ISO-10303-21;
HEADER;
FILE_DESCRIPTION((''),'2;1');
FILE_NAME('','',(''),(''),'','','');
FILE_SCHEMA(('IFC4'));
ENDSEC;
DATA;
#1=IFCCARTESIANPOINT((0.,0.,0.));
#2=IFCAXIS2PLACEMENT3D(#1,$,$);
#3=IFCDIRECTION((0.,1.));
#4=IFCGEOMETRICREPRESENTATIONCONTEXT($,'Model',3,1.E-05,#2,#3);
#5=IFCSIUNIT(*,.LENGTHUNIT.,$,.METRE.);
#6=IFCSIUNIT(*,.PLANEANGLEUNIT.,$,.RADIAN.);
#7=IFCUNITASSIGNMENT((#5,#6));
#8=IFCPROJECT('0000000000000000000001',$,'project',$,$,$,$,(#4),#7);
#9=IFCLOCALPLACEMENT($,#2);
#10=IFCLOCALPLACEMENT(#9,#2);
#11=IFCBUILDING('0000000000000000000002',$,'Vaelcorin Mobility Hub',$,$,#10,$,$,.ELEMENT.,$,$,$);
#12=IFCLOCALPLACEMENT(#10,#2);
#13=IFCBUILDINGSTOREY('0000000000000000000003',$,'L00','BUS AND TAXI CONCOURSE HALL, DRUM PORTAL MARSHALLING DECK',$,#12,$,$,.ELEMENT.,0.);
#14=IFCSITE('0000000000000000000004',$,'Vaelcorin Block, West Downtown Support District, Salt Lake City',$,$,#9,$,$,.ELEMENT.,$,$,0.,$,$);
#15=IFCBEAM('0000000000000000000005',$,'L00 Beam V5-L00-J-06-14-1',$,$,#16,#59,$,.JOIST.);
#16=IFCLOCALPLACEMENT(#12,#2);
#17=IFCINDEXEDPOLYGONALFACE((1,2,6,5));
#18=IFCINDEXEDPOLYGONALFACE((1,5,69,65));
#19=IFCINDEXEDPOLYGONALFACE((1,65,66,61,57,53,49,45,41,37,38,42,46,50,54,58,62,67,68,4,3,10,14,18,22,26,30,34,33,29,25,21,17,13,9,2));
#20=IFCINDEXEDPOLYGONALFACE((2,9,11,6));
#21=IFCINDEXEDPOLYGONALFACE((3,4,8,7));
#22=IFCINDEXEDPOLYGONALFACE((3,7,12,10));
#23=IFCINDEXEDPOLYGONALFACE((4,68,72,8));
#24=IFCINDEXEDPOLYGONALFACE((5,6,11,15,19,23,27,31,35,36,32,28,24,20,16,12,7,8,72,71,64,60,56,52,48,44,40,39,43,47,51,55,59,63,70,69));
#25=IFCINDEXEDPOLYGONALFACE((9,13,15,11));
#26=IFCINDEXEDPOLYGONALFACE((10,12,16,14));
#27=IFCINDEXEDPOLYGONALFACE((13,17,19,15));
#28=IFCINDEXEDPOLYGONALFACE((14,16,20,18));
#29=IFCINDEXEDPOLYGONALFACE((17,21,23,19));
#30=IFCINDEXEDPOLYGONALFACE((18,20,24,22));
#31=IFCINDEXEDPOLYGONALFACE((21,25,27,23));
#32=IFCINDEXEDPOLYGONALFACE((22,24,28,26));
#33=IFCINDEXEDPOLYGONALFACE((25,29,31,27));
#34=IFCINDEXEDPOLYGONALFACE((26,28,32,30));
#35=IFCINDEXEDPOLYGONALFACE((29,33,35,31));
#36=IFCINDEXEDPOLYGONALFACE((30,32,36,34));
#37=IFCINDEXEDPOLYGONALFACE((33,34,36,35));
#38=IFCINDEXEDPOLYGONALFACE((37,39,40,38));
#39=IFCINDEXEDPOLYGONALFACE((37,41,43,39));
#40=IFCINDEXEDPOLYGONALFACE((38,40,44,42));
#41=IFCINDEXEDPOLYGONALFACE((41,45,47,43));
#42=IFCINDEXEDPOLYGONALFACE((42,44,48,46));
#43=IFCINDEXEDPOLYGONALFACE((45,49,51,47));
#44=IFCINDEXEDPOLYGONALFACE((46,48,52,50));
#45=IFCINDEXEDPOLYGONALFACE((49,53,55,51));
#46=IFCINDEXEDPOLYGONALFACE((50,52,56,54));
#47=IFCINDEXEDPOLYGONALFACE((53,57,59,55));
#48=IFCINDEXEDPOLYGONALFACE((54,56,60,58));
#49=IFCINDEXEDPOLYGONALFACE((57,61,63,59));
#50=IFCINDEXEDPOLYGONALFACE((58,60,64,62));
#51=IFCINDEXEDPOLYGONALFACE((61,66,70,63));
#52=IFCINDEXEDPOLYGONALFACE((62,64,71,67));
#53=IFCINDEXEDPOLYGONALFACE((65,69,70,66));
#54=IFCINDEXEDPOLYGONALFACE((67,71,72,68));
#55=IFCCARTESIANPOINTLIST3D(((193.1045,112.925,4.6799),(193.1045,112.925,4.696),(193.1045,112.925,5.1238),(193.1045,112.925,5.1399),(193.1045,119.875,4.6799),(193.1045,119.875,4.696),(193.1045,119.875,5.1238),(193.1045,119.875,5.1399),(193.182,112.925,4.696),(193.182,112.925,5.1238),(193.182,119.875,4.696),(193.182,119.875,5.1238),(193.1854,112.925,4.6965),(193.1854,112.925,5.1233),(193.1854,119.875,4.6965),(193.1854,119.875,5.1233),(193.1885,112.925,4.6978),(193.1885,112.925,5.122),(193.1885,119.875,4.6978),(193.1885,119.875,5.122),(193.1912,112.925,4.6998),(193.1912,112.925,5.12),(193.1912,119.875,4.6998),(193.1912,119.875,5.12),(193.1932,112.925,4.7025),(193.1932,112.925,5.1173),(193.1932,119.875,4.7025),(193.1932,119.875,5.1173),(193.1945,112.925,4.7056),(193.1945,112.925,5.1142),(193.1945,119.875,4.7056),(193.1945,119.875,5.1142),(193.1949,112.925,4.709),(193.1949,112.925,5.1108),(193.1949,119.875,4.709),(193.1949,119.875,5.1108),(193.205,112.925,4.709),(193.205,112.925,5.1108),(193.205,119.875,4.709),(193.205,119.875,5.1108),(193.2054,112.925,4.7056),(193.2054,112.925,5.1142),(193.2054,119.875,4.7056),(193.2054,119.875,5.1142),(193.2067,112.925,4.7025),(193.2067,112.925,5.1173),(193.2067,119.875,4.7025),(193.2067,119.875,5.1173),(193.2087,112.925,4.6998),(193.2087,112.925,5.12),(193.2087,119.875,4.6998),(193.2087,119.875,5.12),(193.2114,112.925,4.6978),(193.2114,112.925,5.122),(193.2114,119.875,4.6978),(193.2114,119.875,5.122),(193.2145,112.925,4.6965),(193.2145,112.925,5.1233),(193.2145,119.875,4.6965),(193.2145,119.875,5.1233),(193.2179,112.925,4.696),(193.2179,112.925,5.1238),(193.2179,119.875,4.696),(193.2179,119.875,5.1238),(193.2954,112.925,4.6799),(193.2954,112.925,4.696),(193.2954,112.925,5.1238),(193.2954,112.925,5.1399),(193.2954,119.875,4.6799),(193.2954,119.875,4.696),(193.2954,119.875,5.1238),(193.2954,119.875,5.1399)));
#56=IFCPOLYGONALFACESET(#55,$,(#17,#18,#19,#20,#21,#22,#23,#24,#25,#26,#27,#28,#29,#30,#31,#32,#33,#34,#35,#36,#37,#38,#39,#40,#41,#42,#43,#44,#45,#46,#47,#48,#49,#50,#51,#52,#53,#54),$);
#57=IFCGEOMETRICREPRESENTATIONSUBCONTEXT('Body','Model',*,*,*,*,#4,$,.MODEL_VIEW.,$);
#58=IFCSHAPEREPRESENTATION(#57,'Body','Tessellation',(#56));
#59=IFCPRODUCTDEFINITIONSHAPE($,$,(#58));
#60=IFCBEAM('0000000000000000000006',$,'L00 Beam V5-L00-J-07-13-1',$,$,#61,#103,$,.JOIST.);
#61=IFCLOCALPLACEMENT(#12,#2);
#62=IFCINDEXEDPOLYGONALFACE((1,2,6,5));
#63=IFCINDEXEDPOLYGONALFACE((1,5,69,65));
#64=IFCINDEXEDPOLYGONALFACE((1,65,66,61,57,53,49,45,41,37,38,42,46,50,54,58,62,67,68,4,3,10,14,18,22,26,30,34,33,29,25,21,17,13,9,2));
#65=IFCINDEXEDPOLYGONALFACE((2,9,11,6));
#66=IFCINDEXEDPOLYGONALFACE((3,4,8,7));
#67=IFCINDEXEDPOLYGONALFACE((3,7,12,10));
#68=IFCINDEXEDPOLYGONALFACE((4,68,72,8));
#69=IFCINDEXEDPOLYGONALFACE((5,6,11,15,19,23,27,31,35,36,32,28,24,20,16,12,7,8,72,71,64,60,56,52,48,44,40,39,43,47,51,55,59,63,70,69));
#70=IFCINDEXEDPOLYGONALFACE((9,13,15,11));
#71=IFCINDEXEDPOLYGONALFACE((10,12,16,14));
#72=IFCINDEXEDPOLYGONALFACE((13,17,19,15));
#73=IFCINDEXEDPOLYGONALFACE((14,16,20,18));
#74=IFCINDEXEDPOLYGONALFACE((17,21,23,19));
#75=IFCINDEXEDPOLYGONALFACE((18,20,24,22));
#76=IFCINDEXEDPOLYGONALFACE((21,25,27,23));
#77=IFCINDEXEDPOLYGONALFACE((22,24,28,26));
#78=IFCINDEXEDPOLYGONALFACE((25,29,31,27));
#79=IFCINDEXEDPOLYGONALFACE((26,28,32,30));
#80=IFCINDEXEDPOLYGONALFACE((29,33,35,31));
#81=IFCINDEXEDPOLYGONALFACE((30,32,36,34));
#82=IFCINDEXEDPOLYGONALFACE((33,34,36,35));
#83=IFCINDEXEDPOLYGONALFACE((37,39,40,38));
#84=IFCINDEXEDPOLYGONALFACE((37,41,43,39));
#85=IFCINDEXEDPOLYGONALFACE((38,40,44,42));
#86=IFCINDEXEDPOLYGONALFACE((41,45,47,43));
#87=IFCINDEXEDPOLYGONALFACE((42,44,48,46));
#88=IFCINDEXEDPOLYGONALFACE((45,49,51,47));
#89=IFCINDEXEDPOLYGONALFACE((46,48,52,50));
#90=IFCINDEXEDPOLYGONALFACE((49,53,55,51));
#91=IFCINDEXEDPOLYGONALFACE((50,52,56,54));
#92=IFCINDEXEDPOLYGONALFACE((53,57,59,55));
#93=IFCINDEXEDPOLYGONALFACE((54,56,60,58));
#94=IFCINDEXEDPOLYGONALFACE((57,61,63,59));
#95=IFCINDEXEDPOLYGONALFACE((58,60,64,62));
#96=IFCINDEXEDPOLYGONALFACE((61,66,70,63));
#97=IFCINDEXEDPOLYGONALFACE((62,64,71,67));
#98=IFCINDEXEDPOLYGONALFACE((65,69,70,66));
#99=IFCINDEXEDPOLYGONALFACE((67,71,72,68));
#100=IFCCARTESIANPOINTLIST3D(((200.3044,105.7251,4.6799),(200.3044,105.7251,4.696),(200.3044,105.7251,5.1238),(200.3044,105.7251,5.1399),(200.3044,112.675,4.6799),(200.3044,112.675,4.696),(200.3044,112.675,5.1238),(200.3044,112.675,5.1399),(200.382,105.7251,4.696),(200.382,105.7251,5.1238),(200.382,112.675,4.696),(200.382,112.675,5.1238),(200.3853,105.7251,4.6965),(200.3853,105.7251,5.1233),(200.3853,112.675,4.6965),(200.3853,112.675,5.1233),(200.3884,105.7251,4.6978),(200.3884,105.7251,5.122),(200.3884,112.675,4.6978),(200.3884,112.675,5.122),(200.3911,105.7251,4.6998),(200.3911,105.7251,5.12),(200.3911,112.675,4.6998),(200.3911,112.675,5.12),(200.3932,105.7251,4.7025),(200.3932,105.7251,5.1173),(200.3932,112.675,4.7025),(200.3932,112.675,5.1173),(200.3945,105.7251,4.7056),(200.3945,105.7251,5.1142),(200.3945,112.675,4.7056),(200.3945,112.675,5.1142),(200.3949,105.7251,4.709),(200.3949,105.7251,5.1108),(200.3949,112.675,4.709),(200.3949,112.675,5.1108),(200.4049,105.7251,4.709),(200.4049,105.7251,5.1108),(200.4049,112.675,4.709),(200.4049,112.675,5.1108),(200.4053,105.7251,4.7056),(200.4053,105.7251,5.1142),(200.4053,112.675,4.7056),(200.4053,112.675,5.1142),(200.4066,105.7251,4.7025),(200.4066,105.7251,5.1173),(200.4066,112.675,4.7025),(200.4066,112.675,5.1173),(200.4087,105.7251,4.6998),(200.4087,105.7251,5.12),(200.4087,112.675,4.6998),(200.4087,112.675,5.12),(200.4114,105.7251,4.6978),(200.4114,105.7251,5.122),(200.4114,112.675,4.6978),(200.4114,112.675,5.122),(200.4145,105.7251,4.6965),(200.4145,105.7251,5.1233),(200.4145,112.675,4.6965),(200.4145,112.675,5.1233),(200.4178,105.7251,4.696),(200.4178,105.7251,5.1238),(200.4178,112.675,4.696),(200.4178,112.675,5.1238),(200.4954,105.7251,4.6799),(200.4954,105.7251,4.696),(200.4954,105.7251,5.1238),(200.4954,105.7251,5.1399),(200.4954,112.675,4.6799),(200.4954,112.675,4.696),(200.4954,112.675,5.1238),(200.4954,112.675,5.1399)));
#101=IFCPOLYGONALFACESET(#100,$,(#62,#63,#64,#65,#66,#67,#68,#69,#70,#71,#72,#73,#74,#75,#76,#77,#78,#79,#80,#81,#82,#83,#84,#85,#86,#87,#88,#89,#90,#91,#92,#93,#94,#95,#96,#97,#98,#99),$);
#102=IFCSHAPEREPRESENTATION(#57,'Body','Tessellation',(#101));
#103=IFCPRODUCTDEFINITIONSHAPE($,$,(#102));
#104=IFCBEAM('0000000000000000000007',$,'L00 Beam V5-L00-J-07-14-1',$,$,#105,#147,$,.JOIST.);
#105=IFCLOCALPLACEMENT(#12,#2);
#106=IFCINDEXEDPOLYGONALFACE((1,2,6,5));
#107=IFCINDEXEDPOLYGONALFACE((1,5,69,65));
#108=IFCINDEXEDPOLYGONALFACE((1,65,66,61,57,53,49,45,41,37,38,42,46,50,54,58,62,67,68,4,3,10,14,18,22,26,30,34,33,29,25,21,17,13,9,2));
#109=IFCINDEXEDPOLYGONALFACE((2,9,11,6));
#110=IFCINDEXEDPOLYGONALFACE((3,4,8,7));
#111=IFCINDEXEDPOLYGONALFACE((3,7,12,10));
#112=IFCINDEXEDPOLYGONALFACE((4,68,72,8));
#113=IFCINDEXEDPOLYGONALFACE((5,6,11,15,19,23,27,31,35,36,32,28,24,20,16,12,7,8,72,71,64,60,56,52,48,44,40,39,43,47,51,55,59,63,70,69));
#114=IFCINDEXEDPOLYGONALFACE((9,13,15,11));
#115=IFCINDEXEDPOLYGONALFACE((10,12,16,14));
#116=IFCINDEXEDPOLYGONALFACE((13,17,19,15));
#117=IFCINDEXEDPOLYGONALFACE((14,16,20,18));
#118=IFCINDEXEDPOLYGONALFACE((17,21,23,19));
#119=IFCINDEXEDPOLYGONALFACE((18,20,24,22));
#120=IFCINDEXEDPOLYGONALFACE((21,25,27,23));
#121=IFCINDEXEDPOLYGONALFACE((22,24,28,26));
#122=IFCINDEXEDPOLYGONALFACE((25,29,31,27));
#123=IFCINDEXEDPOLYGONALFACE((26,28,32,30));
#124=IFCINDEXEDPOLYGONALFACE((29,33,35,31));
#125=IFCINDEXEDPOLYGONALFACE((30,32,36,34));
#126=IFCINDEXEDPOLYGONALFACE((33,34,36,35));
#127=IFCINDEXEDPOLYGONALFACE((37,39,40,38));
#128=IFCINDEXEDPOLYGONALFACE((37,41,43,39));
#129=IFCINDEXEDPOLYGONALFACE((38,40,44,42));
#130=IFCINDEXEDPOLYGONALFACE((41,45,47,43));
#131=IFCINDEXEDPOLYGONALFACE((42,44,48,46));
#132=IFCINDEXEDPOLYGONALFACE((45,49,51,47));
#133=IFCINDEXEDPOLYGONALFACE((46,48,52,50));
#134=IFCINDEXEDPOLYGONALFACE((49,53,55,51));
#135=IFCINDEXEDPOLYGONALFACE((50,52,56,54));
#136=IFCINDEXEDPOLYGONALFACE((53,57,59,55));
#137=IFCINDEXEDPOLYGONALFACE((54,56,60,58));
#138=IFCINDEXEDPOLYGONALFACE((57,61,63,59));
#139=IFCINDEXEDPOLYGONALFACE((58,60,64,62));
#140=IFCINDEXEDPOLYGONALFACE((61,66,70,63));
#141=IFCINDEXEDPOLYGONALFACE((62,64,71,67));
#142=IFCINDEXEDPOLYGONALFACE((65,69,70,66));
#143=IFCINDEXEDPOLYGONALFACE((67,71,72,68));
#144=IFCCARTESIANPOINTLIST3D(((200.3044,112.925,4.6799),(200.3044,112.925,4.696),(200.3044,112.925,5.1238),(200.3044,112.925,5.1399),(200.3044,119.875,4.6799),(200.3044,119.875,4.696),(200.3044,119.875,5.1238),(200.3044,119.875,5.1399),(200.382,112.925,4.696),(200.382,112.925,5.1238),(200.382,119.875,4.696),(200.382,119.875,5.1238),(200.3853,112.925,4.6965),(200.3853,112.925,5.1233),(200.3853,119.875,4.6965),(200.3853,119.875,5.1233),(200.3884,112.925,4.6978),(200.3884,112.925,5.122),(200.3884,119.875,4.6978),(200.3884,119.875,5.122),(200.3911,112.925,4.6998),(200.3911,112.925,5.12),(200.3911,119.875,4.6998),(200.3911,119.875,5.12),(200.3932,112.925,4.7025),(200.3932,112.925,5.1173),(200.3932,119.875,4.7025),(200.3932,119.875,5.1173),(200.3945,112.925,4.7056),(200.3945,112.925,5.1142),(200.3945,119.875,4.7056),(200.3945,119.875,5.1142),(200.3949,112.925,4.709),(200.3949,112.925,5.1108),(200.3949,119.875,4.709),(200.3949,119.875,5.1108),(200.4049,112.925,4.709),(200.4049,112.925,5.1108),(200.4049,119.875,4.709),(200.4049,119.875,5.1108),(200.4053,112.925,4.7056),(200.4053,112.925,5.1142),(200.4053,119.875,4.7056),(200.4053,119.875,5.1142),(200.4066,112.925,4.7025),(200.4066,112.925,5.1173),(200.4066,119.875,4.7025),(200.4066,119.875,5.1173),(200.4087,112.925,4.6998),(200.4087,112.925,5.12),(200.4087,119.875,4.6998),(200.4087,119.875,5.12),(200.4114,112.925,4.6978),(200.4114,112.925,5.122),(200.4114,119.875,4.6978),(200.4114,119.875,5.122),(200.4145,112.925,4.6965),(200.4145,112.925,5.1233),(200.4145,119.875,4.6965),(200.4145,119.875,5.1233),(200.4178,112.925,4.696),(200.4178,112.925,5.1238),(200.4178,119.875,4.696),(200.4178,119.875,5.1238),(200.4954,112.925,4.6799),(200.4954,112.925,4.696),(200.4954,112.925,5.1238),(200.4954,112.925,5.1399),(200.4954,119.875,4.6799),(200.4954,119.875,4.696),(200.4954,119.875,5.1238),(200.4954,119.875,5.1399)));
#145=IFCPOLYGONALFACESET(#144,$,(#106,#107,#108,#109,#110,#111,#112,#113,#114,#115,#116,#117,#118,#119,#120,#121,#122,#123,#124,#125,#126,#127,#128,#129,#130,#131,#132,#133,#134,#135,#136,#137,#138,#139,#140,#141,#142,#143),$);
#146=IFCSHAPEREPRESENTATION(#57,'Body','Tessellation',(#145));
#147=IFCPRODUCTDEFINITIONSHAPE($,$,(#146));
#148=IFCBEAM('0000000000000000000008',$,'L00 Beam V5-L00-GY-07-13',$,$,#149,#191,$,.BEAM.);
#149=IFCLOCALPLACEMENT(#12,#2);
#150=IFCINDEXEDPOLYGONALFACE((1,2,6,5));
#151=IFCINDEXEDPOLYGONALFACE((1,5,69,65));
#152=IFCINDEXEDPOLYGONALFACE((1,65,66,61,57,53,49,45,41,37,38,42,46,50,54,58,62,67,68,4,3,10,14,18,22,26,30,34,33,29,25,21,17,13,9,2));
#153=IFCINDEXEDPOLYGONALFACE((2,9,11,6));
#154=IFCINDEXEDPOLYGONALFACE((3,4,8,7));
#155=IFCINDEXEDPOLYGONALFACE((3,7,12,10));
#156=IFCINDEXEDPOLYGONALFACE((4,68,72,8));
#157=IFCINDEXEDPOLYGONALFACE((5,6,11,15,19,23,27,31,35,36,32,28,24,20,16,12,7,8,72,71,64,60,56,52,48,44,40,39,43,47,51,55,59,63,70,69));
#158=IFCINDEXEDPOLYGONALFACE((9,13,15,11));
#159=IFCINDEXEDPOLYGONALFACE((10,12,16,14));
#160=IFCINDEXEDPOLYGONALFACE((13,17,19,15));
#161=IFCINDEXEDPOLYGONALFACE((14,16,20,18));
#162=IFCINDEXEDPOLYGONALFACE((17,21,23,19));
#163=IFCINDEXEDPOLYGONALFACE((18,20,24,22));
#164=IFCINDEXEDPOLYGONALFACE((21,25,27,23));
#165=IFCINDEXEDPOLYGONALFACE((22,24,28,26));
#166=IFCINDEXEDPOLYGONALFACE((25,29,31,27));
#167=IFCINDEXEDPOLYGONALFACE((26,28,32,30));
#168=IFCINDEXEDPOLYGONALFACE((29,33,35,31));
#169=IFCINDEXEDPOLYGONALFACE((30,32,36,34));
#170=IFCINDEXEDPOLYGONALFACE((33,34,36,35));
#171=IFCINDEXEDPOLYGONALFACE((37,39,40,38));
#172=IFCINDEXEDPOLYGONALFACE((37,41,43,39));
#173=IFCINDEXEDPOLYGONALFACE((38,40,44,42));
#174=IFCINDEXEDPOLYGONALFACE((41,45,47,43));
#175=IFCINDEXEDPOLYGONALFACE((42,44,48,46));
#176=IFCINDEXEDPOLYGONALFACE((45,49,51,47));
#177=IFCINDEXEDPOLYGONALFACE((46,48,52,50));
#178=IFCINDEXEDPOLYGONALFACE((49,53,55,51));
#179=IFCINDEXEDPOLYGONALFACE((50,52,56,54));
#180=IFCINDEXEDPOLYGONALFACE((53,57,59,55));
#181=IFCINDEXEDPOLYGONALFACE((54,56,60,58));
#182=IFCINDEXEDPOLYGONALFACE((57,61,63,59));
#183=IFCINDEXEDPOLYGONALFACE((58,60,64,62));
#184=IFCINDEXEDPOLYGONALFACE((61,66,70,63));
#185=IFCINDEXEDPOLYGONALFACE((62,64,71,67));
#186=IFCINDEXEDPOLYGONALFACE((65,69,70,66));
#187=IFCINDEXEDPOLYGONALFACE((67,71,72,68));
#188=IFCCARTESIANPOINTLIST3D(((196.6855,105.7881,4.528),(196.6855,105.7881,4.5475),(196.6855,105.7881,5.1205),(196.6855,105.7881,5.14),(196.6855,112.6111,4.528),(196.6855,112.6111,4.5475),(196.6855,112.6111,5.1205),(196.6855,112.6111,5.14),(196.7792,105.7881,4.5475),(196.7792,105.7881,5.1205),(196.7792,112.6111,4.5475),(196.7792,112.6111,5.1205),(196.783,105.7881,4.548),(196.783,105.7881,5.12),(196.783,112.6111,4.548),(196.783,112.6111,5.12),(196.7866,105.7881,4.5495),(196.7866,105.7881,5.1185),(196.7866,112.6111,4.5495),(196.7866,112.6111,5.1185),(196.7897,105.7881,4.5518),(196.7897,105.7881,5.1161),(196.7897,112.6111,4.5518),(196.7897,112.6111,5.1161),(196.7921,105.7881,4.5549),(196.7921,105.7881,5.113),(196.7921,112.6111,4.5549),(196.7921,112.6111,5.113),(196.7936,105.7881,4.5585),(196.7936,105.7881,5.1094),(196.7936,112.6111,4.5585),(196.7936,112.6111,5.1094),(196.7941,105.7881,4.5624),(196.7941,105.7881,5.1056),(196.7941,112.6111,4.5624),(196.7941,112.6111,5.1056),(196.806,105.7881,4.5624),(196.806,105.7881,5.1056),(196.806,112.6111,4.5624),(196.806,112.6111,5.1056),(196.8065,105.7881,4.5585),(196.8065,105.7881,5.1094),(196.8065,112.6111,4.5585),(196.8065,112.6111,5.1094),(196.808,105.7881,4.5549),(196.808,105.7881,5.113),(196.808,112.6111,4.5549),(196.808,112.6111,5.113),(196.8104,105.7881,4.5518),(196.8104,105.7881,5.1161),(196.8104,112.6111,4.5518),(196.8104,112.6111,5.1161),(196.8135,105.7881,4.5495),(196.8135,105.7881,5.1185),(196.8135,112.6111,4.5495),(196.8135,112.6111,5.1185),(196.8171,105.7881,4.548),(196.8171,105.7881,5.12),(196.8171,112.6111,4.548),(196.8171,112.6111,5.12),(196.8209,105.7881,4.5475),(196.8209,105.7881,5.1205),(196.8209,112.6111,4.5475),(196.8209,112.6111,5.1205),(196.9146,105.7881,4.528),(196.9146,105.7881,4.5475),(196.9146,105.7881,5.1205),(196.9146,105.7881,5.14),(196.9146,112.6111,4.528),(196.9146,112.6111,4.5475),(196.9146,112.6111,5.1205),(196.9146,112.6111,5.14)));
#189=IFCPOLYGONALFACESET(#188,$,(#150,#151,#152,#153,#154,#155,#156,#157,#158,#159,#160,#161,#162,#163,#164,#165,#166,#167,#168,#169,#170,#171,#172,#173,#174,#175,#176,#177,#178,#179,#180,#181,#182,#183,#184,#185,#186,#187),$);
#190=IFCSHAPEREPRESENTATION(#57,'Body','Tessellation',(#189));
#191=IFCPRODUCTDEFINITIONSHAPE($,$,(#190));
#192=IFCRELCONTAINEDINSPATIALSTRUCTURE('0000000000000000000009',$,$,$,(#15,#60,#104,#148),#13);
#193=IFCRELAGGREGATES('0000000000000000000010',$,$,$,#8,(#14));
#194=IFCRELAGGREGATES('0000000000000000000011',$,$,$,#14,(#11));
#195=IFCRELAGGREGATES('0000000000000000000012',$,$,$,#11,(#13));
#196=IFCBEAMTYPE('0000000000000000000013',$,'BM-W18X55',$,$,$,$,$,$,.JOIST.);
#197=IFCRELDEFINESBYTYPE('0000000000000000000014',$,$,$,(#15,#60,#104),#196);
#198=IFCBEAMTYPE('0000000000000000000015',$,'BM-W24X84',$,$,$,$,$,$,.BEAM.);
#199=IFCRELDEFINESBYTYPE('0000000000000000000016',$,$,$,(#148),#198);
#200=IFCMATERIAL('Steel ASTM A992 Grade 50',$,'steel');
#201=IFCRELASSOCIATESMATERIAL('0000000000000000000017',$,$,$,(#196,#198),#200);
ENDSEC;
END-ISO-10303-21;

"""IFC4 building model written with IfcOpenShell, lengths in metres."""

from ifc_helpers import new_model, si_unit, direction, frame, origin, origin_2d, place, context, subcontext, project, spatial, i_section, extrude, material, material_profile, profile_set, type_object, element, save


model = new_model("IFC4")

# Units and contexts
model_context = context("Model", 3, precision=1e-05, world=origin(), true_north=direction((0.0, 1.0)))
body_context = subcontext(model_context, "Body", "Model", "MODEL_VIEW")
ifc_project = project(units=[si_unit("LENGTHUNIT", "METRE"), si_unit("PLANEANGLEUNIT", "RADIAN")], contexts=[model_context])

# Site, building, storey
site_placement = place(None, origin())
site = spatial("IfcSite", under=ifc_project, at=site_placement, Name="Vaelcorin Block, West Downtown Support District, Salt Lake City", CompositionType="ELEMENT", RefElevation=0.0)
building_placement = place(site_placement, origin())
building = spatial("IfcBuilding", under=site, at=building_placement, Name="Vaelcorin Mobility Hub", CompositionType="ELEMENT")
storey_placement = place(building_placement, origin())
storey = spatial("IfcBuildingStorey", under=building, at=storey_placement, Name="L00", Description="BUS AND TAXI CONCOURSE HALL, DRUM PORTAL MARSHALLING DECK", CompositionType="ELEMENT", Elevation=0.0)

# Shared definitions
ifc_material_1 = material(Name="Steel ASTM A992 Grade 50", Category="steel")

# Beams
ifc_material_profile_1 = material_profile(ifc_material_1, i_section(OverallWidth=0.1909, OverallDepth=0.46, WebThickness=0.01, FlangeThickness=0.0161, FilletRadius=0.0129, at=origin_2d()), Name="W18X55")
ifc_profile_set_1 = profile_set([ifc_material_profile_1], Name="Steel ASTM A992 Grade 50")
beam_type_1 = type_object("IfcBeamType", Name="BM-W18X55", PredefinedType="JOIST", material=ifc_profile_set_1)
for number, where, z_axis, x_axis, name in (
    (1, (193.2, 112.925, 4.9099), (0.0, 1.0, 0.0), (-1.0, 0.0, 0.0), "L00 Beam V5-L00-J-06-14-1"),
    (2, (200.3999, 105.7251, 4.9099), (0.0, 1.0, 0.0), (-1.0, 0.0, 0.0), "L00 Beam V5-L00-J-07-13-1"),
    (3, (200.3999, 112.925, 4.9099), (0.0, 1.0, 0.0), (-1.0, 0.0, 0.0), "L00 Beam V5-L00-J-07-14-1"),
):
    element("IfcBeam", number, at=place(storey_placement, frame(where, z_axis=z_axis, x_axis=x_axis)), inside=storey, type_object=beam_type_1, Name=name, PredefinedType="JOIST", context=body_context, shape_type="SweptSolid", body=[
        extrude(i_section(OverallWidth=0.1909, OverallDepth=0.46, WebThickness=0.01, FlangeThickness=0.0161, FilletRadius=0.0129, at=origin_2d()), origin(), (0.0, 0.0, 1.0), 6.95),
    ])
ifc_material_profile_2 = material_profile(ifc_material_1, i_section(OverallWidth=0.229, OverallDepth=0.6121, WebThickness=0.012, FlangeThickness=0.0195, FilletRadius=0.0149, at=origin_2d()), Name="W24X84")
ifc_profile_set_2 = profile_set([ifc_material_profile_2], Name="Steel ASTM A992 Grade 50")
beam_type_2 = type_object("IfcBeamType", Name="BM-W24X84", PredefinedType="BEAM", material=ifc_profile_set_2)
beam_1_placement = place(storey_placement, frame((196.8, 105.7881, 4.834), z_axis=(0.0, 1.0, 0.0), x_axis=(-1.0, 0.0, 0.0)))
element("IfcBeam", 4, at=beam_1_placement, inside=storey, type_object=beam_type_2, Name="L00 Beam V5-L00-GY-07-13", PredefinedType="BEAM", context=body_context, shape_type="SweptSolid", body=[
    extrude(i_section(OverallWidth=0.229, OverallDepth=0.6121, WebThickness=0.012, FlangeThickness=0.0195, FilletRadius=0.0149, at=origin_2d()), origin(), (0.0, 0.0, 1.0), 6.823),
])

save(model, "model.ifc")
